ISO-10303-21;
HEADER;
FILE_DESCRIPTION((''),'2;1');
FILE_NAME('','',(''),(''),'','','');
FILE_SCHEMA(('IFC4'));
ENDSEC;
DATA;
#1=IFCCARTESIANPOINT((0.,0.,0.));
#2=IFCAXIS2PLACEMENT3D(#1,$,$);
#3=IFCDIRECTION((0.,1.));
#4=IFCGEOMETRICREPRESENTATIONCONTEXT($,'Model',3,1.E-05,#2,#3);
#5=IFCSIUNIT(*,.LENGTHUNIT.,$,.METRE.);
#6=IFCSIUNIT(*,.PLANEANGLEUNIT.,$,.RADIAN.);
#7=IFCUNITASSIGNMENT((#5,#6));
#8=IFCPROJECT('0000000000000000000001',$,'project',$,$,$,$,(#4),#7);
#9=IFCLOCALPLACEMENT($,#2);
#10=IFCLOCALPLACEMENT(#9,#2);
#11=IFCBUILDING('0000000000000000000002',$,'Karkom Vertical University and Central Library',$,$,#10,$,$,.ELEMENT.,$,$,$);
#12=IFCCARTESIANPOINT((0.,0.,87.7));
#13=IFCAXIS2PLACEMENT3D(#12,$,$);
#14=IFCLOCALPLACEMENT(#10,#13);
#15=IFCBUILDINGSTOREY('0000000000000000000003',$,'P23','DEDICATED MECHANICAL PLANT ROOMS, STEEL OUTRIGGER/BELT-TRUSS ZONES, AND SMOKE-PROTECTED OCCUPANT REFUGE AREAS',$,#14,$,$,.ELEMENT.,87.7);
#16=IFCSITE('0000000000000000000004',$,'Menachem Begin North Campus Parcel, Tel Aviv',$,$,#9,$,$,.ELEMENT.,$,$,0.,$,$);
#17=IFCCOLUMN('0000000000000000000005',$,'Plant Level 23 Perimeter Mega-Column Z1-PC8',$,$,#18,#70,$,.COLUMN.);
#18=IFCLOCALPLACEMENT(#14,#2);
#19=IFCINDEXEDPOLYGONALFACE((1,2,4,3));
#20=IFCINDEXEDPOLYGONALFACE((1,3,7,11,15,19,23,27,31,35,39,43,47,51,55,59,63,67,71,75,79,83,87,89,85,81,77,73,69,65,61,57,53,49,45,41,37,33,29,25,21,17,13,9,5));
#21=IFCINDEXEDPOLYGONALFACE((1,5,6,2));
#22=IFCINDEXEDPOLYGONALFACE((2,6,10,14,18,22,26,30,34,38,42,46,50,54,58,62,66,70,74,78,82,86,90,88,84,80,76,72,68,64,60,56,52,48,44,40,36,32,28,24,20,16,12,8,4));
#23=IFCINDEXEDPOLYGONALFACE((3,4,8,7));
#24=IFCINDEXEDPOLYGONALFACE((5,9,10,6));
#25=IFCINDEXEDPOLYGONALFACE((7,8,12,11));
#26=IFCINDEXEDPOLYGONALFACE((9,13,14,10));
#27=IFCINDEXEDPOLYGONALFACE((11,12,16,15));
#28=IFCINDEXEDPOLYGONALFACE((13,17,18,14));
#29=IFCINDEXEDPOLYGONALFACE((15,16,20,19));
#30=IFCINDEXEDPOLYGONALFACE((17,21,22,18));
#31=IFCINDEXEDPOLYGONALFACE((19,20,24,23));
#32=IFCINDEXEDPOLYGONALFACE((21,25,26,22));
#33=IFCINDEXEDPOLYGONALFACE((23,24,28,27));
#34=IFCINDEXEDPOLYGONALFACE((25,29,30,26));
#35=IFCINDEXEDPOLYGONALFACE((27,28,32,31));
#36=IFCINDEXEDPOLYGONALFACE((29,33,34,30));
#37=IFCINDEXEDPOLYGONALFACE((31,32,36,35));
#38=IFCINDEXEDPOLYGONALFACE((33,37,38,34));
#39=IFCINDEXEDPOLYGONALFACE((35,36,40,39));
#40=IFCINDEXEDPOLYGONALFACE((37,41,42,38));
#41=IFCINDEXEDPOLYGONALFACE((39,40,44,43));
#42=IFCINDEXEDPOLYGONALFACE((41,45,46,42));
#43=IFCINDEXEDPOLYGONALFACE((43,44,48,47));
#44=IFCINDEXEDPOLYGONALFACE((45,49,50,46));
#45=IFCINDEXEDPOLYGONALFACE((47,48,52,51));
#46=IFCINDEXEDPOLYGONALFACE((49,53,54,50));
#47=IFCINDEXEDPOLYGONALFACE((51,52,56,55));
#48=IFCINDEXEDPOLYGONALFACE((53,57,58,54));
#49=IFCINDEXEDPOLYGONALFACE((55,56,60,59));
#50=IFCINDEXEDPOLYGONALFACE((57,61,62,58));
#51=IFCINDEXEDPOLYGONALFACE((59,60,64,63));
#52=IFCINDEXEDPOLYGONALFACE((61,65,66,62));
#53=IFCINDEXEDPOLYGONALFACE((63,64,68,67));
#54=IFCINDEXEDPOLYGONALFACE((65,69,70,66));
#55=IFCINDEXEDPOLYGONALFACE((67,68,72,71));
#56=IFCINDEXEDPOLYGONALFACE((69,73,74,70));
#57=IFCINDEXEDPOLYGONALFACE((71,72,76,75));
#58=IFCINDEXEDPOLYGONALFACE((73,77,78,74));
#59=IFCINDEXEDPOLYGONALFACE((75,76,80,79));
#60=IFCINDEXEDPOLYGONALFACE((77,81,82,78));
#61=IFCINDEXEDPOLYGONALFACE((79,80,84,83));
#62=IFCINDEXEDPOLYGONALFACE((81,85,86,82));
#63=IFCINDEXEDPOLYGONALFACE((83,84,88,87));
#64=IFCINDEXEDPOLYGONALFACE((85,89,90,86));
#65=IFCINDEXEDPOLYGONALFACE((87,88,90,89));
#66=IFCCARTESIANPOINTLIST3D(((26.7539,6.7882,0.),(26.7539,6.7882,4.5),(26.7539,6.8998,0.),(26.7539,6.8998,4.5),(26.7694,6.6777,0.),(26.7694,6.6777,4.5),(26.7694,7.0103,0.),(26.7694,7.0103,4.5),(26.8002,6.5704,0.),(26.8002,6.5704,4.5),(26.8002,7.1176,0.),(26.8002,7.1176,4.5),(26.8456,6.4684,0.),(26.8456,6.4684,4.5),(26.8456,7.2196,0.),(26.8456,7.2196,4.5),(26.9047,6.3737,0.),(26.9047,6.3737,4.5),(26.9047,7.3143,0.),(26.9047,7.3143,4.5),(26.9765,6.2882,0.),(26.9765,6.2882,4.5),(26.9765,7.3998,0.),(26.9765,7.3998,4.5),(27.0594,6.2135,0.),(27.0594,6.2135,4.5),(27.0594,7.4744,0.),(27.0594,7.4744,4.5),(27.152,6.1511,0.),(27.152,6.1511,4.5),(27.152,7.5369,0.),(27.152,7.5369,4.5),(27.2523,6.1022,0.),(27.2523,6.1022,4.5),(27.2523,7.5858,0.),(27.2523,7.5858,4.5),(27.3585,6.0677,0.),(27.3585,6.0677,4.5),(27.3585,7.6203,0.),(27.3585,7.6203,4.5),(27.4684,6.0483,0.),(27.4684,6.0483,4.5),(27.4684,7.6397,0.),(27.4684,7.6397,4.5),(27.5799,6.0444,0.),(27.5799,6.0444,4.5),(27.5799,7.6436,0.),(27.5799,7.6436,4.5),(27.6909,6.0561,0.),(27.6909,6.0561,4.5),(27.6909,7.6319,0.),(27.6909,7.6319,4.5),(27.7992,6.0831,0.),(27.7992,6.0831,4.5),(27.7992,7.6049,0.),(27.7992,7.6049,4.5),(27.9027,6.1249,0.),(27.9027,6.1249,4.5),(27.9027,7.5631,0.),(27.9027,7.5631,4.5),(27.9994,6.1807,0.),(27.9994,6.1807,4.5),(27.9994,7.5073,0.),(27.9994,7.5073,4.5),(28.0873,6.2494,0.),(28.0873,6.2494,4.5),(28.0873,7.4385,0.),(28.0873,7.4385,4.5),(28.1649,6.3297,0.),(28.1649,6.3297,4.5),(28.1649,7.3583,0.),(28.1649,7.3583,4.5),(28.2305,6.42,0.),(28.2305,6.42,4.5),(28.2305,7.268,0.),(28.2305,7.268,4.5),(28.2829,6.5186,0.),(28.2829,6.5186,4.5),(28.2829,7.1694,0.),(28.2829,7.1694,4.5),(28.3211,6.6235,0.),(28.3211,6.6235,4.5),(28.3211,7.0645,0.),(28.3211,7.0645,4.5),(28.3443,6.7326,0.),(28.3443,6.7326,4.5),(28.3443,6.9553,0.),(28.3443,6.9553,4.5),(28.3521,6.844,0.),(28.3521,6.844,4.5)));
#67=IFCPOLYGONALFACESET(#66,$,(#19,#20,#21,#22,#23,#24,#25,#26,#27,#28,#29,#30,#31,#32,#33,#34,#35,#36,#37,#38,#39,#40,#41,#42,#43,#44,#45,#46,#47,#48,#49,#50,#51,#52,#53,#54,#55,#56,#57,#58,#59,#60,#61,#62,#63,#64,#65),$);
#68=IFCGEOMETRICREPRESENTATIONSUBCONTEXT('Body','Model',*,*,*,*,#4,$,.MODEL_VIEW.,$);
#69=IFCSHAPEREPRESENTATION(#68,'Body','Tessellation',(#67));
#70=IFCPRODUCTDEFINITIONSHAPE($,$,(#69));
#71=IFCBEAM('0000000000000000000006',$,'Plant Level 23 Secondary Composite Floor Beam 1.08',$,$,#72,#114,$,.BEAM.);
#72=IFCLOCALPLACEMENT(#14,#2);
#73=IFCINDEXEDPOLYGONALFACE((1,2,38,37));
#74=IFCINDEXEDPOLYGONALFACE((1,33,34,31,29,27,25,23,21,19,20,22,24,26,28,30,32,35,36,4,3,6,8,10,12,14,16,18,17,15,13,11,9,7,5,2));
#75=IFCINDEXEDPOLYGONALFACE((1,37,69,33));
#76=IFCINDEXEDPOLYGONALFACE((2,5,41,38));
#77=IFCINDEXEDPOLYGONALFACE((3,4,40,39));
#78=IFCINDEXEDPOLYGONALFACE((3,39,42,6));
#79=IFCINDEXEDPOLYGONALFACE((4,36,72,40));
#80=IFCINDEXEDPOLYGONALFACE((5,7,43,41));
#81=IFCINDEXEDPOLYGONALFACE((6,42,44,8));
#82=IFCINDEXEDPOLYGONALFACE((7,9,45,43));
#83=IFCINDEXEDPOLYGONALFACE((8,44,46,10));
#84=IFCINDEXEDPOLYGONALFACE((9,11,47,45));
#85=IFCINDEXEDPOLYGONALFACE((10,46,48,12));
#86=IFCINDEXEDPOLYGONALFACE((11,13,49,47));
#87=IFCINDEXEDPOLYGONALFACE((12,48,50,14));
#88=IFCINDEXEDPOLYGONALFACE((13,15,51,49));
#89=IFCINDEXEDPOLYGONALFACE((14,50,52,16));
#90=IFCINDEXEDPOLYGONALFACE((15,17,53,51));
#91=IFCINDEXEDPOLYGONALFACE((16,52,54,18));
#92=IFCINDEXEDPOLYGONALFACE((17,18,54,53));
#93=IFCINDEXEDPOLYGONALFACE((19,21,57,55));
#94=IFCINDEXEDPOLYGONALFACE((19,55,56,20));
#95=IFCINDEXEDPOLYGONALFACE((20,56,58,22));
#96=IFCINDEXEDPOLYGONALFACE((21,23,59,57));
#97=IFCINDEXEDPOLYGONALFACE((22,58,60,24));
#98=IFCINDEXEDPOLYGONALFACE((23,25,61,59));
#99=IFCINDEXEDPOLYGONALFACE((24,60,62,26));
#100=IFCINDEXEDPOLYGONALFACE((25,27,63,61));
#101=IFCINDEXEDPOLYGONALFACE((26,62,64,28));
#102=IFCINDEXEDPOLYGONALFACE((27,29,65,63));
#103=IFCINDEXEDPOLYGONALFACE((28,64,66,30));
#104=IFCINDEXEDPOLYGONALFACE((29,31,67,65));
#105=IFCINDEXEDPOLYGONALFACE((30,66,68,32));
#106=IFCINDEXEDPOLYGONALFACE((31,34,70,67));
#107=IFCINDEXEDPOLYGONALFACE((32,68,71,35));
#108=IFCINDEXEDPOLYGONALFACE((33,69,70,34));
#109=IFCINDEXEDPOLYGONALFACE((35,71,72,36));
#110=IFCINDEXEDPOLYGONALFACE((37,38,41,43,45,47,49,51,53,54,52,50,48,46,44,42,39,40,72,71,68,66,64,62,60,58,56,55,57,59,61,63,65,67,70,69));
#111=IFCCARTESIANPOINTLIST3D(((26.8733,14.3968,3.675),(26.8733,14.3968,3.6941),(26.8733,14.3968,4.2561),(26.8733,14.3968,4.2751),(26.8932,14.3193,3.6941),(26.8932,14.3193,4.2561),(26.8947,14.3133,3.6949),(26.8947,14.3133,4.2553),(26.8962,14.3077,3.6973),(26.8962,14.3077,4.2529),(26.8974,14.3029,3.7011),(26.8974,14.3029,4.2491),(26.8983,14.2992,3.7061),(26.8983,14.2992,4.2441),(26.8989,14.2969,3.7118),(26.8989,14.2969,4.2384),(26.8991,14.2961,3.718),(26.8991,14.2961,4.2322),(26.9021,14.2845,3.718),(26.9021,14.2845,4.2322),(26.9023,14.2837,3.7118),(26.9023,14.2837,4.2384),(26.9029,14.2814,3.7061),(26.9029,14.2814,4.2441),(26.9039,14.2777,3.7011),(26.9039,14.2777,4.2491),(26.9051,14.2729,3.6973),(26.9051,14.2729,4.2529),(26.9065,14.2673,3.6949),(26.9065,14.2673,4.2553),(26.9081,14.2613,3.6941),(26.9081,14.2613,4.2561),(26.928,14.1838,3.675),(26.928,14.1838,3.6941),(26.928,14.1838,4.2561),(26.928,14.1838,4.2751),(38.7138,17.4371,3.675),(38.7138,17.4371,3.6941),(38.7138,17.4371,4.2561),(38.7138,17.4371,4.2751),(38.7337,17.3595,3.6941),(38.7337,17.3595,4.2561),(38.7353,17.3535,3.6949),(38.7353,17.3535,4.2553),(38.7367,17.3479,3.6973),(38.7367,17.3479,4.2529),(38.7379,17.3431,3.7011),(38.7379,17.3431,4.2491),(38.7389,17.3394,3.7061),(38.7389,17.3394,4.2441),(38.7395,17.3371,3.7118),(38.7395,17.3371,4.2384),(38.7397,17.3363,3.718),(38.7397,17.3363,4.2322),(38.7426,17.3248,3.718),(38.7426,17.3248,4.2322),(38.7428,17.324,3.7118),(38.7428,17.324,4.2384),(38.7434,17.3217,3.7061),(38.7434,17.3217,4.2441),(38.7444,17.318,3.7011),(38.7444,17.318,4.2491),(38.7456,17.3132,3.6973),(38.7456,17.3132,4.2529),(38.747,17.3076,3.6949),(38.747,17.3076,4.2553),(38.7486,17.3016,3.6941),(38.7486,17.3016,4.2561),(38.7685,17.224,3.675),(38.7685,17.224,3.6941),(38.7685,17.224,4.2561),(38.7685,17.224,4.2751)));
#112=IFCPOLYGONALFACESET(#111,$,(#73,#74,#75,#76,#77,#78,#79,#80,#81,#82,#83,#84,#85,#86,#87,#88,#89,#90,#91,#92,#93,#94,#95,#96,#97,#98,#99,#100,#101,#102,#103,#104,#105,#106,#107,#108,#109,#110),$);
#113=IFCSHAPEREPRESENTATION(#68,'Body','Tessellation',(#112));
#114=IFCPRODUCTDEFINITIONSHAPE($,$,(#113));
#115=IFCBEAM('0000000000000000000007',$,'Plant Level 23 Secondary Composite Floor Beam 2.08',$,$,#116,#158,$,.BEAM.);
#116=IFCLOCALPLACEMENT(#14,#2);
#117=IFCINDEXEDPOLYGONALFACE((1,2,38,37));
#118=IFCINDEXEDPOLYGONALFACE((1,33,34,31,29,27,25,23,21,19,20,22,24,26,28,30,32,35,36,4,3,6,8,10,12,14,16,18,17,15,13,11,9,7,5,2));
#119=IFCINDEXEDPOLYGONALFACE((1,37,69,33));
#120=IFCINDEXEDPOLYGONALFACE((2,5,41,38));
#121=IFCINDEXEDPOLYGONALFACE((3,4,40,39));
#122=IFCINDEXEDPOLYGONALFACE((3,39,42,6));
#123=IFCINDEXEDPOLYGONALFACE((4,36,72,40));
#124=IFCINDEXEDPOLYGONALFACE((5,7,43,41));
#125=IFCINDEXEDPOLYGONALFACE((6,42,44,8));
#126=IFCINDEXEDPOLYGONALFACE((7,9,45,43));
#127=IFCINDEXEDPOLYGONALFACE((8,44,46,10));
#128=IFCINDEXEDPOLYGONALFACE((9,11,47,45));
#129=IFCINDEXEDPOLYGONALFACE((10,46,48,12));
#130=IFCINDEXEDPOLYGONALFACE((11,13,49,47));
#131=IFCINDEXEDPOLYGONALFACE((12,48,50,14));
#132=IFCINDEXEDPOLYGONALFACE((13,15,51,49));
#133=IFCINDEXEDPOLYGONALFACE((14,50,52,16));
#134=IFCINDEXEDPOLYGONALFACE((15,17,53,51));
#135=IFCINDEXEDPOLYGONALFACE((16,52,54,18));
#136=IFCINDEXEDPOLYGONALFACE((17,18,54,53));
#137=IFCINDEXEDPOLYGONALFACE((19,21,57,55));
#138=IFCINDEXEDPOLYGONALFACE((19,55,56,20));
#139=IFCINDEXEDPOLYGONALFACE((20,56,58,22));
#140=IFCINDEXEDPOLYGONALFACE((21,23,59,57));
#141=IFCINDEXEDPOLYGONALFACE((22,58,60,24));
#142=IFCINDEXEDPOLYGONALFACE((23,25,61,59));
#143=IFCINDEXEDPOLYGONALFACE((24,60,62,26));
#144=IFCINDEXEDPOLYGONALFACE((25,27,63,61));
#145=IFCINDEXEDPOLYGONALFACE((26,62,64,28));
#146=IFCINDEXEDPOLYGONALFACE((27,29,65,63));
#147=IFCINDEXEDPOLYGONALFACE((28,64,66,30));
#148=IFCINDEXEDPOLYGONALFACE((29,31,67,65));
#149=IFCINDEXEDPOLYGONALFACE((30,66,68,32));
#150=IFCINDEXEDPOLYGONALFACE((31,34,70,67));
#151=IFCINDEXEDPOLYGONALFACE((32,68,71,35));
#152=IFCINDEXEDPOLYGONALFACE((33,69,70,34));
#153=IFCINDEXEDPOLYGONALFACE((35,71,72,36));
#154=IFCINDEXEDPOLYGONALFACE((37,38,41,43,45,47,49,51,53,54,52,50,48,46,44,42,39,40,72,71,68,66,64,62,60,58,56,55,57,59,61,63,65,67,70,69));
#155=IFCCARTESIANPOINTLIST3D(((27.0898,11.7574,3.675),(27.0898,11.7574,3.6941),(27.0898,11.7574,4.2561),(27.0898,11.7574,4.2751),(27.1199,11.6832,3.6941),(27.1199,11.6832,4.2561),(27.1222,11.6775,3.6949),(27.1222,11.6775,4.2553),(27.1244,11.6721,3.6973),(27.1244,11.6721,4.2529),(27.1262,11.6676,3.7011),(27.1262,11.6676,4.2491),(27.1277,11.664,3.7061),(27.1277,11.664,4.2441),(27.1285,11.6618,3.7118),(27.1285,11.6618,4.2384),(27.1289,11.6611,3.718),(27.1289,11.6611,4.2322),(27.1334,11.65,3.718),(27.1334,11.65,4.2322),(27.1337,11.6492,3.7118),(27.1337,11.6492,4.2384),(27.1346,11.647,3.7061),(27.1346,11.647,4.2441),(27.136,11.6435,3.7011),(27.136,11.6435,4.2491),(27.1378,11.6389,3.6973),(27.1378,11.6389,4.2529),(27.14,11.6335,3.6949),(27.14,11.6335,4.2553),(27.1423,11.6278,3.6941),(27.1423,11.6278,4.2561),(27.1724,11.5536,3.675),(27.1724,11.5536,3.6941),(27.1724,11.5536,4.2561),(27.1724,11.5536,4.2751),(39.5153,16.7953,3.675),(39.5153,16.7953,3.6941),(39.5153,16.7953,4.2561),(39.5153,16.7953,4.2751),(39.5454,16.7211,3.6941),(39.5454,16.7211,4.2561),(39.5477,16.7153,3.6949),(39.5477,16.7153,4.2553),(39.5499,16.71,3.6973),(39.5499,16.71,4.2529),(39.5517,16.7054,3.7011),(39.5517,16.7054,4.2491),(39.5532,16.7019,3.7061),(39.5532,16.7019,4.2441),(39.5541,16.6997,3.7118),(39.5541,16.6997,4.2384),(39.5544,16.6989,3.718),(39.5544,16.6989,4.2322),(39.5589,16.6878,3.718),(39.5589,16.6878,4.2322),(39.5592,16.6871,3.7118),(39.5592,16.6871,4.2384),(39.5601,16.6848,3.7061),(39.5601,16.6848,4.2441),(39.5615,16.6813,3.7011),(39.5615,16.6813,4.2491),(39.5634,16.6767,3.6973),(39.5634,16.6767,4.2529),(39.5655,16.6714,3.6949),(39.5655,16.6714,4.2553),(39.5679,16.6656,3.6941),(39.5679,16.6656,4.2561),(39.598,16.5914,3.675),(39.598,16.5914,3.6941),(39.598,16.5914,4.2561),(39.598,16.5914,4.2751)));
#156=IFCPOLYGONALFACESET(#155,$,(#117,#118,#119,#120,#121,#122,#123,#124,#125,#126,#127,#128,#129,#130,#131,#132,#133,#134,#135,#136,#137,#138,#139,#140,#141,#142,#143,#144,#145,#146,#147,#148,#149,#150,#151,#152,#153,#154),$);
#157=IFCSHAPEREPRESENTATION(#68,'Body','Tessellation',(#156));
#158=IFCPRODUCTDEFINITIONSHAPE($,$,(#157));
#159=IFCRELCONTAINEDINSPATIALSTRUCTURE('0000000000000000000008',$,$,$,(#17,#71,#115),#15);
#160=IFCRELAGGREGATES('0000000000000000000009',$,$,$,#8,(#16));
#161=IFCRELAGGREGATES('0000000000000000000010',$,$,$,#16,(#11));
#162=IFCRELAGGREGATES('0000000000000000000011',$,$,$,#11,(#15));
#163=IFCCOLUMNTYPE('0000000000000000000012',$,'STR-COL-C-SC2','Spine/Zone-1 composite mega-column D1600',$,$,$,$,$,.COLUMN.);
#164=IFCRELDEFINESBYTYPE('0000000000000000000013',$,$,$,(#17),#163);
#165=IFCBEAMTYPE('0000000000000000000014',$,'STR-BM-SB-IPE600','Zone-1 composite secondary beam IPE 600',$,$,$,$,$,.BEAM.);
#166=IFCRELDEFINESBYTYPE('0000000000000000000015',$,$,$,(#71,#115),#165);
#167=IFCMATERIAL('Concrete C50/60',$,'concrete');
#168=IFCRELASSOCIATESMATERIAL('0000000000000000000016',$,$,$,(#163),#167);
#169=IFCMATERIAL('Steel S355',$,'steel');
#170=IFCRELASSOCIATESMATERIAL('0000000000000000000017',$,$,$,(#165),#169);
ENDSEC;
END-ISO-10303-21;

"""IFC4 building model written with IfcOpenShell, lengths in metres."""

from ifc_helpers import new_model, si_unit, direction, frame, origin, origin_with_axes, origin_2d, place, context, subcontext, project, spatial, circle, i_section, extrude, source, transform, mapped, material, material_profile, profile_set, type_object, element, save


model = new_model("IFC4")

# Units and contexts
model_context = context("Model", 3, precision=1e-05, world=origin(), true_north=direction((0.0, 1.0)))
body_context = subcontext(model_context, "Body", "Model", "MODEL_VIEW")
ifc_project = project(units=[si_unit("LENGTHUNIT", "METRE"), si_unit("PLANEANGLEUNIT", "RADIAN")], contexts=[model_context])

# Site, building, storey
site_placement = place(None, origin())
site = spatial("IfcSite", under=ifc_project, at=site_placement, Name="Menachem Begin North Campus Parcel, Tel Aviv", CompositionType="ELEMENT", RefElevation=0.0)
building_placement = place(site_placement, origin())
building = spatial("IfcBuilding", under=site, at=building_placement, Name="Karkom Vertical University and Central Library", CompositionType="ELEMENT")
storey_placement = place(building_placement, frame((0.0, 0.0, 87.7)))
storey = spatial("IfcBuildingStorey", under=building, at=storey_placement, Name="P23", Description="DEDICATED MECHANICAL PLANT ROOMS, STEEL OUTRIGGER/BELT-TRUSS ZONES, AND SMOKE-PROTECTED OCCUPANT REFUGE AREAS", CompositionType="ELEMENT", Elevation=87.7)

# Column
ifc_material_1 = material(Name="Concrete C50/60", Category="concrete")
ifc_material_profile_1 = material_profile(ifc_material_1, circle(Radius=0.8, at=origin_2d()), Name="CFT-D1600")
ifc_profile_set_1 = profile_set([ifc_material_profile_1], Name="Concrete C50/60")
column_type = type_object("IfcColumnType", Name="STR-COL-C-SC2", Description="Spine/Zone-1 composite mega-column D1600", PredefinedType="COLUMN", material=ifc_profile_set_1)
shared_shape_1 = source(origin_with_axes(), body_context, "Body", "SweptSolid", [
    extrude(circle(Radius=0.8, at=origin_2d()), origin(), (0.0, 0.0, 1.0), 4.5),
])
column_placement = place(storey_placement, frame((27.552, 6.844, 0.0), z_axis=(0.0, 0.0, 1.0), x_axis=(1.0, 0.0, 0.0)))
element("IfcColumn", 1, at=column_placement, inside=storey, type_object=column_type, Name="Plant Level 23 Perimeter Mega-Column Z1-PC8", PredefinedType="COLUMN", context=body_context, shape_type="MappedRepresentation", body=[
    mapped(shared_shape_1, transform((0.0, 0.0, 0.0), scale=1.0)),
])

# Beams
ifc_material_2 = material(Name="Steel S355", Category="steel")
ifc_material_profile_2 = material_profile(ifc_material_2, i_section(OverallWidth=0.22, OverallDepth=0.6001, WebThickness=0.012, FlangeThickness=0.019, FilletRadius=0.0239, at=origin_2d()), Name="IPE 600")
ifc_profile_set_2 = profile_set([ifc_material_profile_2], Name="Steel S355")
beam_type_1 = type_object("IfcBeamType", Name="STR-BM-SB-IPE600", Description="Zone-1 composite secondary beam IPE 600", PredefinedType="BEAM", material=ifc_profile_set_2)
shared_shape_2 = source(origin_with_axes(), body_context, "Body", "SweptSolid", [
    extrude(i_section(OverallWidth=0.22, OverallDepth=0.6001, WebThickness=0.012, FlangeThickness=0.019, FilletRadius=0.0239, at=origin_2d()), origin(), (0.0, 0.0, 1.0), 12.2246),
])
beam_1_placement = place(storey_placement, frame((26.9006, 14.2903, 3.9751), z_axis=(0.96858, 0.248701, 0.0), x_axis=(-0.248701, 0.96858, 0.0)))
element("IfcBeam", 2, at=beam_1_placement, inside=storey, type_object=beam_type_1, Name="Plant Level 23 Secondary Composite Floor Beam 1.08", PredefinedType="BEAM", context=body_context, shape_type="MappedRepresentation", body=[
    mapped(shared_shape_2, transform((0.0, 0.0, 0.0), scale=1.0)),
])
shared_shape_3 = source(origin_with_axes(), body_context, "Body", "SweptSolid", [
    extrude(i_section(OverallWidth=0.22, OverallDepth=0.6001, WebThickness=0.012, FlangeThickness=0.019, FilletRadius=0.0239, at=origin_2d()), origin(), (0.0, 0.0, 1.0), 13.408),
])
beam_2_placement = place(storey_placement, frame((27.1311, 11.6555, 3.9751), z_axis=(0.926727, 0.375735, 0.0), x_axis=(-0.375735, 0.926727, 0.0)))
element("IfcBeam", 3, at=beam_2_placement, inside=storey, type_object=beam_type_1, Name="Plant Level 23 Secondary Composite Floor Beam 2.08", PredefinedType="BEAM", context=body_context, shape_type="MappedRepresentation", body=[
    mapped(shared_shape_3, transform((0.0, 0.0, 0.0), scale=1.0)),
])

save(model, "model.ifc")
